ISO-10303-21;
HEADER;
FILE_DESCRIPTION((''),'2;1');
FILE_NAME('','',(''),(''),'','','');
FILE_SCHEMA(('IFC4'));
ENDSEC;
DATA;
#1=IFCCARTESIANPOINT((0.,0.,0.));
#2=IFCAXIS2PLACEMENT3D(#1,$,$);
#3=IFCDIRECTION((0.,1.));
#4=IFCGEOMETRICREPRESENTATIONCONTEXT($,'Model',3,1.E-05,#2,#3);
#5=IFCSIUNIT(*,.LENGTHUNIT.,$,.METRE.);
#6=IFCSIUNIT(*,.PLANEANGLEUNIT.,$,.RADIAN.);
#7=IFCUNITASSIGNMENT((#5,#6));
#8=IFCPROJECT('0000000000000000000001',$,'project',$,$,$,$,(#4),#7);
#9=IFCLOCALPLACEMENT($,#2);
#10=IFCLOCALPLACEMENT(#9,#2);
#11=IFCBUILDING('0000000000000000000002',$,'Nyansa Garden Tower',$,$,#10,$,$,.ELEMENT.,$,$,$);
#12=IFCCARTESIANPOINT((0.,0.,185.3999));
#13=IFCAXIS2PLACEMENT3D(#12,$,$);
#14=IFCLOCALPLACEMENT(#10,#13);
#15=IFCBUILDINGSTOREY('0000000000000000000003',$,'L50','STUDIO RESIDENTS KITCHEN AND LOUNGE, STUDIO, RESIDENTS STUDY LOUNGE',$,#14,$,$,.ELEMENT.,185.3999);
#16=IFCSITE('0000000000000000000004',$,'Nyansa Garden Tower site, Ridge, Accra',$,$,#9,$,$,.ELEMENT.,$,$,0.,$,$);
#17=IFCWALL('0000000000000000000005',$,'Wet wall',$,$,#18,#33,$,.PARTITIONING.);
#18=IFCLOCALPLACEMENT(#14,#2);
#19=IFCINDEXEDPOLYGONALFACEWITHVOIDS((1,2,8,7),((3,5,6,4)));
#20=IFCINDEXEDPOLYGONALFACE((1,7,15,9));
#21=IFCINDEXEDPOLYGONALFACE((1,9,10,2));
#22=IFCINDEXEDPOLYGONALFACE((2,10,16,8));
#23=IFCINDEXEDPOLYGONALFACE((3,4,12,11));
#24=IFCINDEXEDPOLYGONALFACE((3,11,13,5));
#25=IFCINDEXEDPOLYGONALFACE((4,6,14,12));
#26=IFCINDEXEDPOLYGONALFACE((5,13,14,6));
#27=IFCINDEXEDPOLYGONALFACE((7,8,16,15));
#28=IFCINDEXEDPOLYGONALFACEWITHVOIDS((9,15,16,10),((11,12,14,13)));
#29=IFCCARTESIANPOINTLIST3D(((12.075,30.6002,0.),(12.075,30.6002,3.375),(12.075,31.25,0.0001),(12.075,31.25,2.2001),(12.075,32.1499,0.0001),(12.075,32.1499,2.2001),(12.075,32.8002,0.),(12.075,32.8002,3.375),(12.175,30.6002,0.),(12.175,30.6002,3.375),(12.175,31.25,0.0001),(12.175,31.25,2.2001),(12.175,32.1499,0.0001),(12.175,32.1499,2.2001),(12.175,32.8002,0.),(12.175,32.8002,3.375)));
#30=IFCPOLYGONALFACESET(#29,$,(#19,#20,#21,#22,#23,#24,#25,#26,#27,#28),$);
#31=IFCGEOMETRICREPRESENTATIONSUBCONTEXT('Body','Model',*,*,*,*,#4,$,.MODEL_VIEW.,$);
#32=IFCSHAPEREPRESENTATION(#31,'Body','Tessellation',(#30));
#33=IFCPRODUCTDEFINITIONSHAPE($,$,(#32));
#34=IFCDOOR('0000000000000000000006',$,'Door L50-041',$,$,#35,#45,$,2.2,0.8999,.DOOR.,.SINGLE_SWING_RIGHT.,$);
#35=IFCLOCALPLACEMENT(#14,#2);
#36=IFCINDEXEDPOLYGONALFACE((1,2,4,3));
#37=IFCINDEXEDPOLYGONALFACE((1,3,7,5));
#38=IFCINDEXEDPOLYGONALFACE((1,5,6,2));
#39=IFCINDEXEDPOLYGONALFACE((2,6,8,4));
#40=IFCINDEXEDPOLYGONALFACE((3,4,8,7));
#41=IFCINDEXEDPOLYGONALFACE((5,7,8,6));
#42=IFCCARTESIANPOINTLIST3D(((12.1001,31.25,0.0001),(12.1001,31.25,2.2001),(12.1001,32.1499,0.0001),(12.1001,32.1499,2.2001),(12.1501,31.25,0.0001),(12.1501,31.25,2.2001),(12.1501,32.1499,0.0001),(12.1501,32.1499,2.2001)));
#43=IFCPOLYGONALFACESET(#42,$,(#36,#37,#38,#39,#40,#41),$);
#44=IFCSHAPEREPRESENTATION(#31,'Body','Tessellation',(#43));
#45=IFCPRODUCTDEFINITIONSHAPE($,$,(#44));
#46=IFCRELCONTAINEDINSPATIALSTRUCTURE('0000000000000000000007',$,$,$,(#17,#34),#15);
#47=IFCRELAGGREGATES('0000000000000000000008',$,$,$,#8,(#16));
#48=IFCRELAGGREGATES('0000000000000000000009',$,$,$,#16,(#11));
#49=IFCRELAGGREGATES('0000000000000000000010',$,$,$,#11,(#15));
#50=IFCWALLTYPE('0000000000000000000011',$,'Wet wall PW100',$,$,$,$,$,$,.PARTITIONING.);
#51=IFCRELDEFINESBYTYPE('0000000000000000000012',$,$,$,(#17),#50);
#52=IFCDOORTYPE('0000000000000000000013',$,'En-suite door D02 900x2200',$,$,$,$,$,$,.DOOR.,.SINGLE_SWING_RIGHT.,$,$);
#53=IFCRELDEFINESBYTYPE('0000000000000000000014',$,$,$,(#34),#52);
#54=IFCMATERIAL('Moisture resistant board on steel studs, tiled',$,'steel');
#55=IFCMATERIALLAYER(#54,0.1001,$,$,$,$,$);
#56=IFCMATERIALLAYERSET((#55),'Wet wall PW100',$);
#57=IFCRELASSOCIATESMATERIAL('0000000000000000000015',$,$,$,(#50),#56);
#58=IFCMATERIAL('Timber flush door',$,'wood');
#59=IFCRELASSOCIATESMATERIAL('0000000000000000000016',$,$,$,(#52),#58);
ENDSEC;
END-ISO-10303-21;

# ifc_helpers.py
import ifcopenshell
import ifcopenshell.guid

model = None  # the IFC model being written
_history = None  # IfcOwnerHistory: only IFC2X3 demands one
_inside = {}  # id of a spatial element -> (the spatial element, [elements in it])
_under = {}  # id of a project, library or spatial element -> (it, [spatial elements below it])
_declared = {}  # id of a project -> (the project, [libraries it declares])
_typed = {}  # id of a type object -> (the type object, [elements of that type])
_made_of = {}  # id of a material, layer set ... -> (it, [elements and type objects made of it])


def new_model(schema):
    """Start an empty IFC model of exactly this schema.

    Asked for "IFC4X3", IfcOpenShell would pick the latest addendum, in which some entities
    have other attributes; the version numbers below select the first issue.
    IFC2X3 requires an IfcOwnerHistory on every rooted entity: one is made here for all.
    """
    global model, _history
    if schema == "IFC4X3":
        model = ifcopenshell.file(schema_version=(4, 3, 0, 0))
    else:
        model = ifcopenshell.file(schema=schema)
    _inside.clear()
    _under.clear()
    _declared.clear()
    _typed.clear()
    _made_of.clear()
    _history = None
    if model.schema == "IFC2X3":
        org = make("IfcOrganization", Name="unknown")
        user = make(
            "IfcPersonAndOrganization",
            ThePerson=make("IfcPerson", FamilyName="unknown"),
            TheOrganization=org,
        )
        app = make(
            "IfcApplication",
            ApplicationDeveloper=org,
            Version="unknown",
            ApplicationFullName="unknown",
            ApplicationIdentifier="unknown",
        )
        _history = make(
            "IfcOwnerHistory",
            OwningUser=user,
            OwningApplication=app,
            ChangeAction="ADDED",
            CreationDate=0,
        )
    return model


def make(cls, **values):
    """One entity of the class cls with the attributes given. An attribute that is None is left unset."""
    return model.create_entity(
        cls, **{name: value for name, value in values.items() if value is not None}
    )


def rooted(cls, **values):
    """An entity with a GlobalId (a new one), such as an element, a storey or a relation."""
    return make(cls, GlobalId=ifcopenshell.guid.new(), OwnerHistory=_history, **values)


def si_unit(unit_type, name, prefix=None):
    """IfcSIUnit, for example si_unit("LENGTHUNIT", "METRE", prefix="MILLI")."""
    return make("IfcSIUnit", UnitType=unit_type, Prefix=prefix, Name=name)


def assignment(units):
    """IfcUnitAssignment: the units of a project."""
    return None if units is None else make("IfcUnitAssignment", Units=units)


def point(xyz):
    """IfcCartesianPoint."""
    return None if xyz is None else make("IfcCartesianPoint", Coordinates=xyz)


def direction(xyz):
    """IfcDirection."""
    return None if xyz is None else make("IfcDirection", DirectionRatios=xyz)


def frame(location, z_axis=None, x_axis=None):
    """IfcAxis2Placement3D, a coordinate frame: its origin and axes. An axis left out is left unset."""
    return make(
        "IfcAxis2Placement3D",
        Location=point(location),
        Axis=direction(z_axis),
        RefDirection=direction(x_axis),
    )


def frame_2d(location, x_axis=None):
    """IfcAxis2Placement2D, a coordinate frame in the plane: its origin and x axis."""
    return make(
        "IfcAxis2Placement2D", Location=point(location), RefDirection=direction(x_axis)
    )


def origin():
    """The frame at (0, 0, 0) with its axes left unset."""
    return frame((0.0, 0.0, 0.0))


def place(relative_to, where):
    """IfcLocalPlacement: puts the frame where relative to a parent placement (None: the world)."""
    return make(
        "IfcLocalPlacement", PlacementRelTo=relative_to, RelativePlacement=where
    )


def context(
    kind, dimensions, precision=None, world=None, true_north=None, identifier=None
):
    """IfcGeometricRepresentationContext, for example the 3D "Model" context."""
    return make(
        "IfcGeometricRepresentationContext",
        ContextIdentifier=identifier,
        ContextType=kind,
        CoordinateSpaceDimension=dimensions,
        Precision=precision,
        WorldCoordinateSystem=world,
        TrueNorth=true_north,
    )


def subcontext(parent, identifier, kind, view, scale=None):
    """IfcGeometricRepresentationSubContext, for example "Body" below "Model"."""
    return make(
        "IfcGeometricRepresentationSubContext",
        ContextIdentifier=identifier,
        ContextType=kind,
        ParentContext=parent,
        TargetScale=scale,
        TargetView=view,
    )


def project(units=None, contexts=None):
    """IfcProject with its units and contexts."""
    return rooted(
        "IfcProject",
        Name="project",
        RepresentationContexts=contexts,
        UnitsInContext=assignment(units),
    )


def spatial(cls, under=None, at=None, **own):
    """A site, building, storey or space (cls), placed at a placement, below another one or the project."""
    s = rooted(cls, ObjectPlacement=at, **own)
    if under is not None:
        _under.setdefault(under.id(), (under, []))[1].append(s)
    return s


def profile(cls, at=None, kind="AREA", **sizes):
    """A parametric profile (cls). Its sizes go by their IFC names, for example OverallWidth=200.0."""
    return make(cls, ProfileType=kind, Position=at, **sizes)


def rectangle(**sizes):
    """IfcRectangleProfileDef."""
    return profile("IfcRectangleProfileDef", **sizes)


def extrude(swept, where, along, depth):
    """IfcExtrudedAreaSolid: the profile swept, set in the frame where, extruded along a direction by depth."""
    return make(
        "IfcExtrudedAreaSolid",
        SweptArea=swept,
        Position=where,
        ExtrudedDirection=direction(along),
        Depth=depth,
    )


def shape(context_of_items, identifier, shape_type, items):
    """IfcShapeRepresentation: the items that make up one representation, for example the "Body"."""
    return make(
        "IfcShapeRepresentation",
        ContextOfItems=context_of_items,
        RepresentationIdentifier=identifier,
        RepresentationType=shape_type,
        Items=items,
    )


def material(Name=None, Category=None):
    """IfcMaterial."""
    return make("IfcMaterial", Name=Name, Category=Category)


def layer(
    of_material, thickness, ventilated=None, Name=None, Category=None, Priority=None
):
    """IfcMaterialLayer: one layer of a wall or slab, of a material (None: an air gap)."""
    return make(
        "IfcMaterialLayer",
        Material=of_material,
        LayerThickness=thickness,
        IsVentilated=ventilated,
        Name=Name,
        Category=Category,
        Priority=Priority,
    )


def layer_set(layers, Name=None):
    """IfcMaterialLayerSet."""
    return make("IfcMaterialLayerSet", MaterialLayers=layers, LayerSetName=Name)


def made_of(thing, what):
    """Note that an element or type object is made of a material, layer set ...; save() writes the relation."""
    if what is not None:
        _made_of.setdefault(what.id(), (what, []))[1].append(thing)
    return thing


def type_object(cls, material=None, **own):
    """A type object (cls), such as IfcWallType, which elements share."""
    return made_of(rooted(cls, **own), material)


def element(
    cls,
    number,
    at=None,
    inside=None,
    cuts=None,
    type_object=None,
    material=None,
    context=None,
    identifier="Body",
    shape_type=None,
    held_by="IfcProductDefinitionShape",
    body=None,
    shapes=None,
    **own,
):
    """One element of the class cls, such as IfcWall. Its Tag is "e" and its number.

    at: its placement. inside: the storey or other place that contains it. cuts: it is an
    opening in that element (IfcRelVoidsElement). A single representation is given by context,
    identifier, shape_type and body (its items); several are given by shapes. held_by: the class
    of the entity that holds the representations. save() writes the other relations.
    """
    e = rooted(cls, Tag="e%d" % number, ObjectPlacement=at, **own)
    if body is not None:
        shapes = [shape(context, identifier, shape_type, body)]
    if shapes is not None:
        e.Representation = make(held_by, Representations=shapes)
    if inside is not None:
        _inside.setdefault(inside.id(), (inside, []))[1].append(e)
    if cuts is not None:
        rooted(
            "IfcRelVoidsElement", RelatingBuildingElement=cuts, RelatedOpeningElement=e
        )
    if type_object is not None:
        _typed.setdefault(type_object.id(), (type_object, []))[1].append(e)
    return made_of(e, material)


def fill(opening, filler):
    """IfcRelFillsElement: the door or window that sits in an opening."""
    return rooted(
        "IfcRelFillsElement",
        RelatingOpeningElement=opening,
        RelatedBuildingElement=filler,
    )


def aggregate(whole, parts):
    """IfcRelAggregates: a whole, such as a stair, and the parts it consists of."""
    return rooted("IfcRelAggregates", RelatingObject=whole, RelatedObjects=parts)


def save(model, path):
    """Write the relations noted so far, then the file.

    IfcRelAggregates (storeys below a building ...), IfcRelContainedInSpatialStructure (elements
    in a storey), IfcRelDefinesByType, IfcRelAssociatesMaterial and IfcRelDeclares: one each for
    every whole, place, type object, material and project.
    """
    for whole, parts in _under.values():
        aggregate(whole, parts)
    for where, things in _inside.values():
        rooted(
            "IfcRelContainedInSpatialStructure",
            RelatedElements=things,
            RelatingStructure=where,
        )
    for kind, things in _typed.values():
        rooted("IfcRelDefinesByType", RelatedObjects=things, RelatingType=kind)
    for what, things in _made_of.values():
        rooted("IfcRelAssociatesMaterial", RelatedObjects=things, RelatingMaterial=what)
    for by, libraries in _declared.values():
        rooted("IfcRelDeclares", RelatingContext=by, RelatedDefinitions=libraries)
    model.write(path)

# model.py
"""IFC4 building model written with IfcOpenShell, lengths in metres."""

from ifc_helpers import new_model, si_unit, direction, frame, frame_2d, origin, place, context, subcontext, project, spatial, rectangle, extrude, material, layer, layer_set, type_object, element, fill, save


model = new_model("IFC4")

# Units and contexts
model_context = context("Model", 3, precision=1e-05, world=origin(), true_north=direction((0.0, 1.0)))
body_context = subcontext(model_context, "Body", "Model", "MODEL_VIEW")
ifc_project = project(units=[si_unit("LENGTHUNIT", "METRE"), si_unit("PLANEANGLEUNIT", "RADIAN")], contexts=[model_context])

# Site, building, storey
site_placement = place(None, origin())
site = spatial("IfcSite", under=ifc_project, at=site_placement, Name="Nyansa Garden Tower site, Ridge, Accra", CompositionType="ELEMENT", RefElevation=0.0)
building_placement = place(site_placement, origin())
building = spatial("IfcBuilding", under=site, at=building_placement, Name="Nyansa Garden Tower", CompositionType="ELEMENT")
storey_placement = place(building_placement, frame((0.0, 0.0, 185.3999)))
storey = spatial("IfcBuildingStorey", under=building, at=storey_placement, Name="L50", Description="STUDIO RESIDENTS KITCHEN AND LOUNGE, STUDIO, RESIDENTS STUDY LOUNGE", CompositionType="ELEMENT", Elevation=185.3999)

# Shared definitions
ifc_material_1 = material(Name="Moisture resistant board on steel studs, tiled", Category="steel")
ifc_layer_1 = layer(ifc_material_1, 0.1001)
ifc_layer_set_1 = layer_set([ifc_layer_1], Name="Wet wall PW100")
wall_type_1 = type_object("IfcWallType", Name="Wet wall PW100", PredefinedType="PARTITIONING", material=ifc_layer_set_1)

# Wall, opening, door
wall_1_placement = place(storey_placement, frame((12.125, 30.6001, 0.0), z_axis=(0.0, 0.0, 1.0), x_axis=(0.0, 1.0, 0.0)))
wall_1 = element("IfcWall", 1, at=wall_1_placement, inside=storey, type_object=wall_type_1, Name="Wet wall", PredefinedType="PARTITIONING", context=body_context, shape_type="SweptSolid", body=[
    extrude(rectangle(XDim=2.2, YDim=0.1001, at=frame_2d((1.1001, 0.0))), origin(), (0.0, 0.0, 1.0), 3.375),
])
opening_1_placement = place(wall_1_placement, frame((0.6499, 0.0, 0.0)))
opening_1 = element("IfcOpeningElement", 2, at=opening_1_placement, cuts=wall_1, PredefinedType="OPENING", context=body_context, shape_type="SweptSolid", body=[
    extrude(rectangle(XDim=0.8999, YDim=2.2, at=frame_2d((0.45, 1.1001))), frame((0.0, 0.0601, 0.0), z_axis=(0.0, -1.0, 0.0), x_axis=(1.0, 0.0, 0.0)), (0.0, 0.0, 1.0), 0.1201),
])
ifc_material_2 = material(Name="Timber flush door", Category="wood")
door_type_1 = type_object("IfcDoorType", Name="En-suite door D02 900x2200", OperationType="SINGLE_SWING_RIGHT", PredefinedType="DOOR", material=ifc_material_2)
door_1_placement = place(opening_1_placement, origin())
door_1 = element("IfcDoor", 3, at=door_1_placement, inside=storey, type_object=door_type_1, Name="Door L50-041", OperationType="SINGLE_SWING_RIGHT", OverallHeight=2.2, OverallWidth=0.8999, PredefinedType="DOOR", context=body_context, shape_type="SweptSolid", body=[
    extrude(rectangle(XDim=0.8999, YDim=2.2, at=frame_2d((0.45, 1.1001))), frame((0.0, 0.0249, 0.0), z_axis=(0.0, -1.0, 0.0), x_axis=(1.0, 0.0, 0.0)), (0.0, 0.0, 1.0), 0.05),
])
fill(opening_1, door_1)

save(model, "model.ifc")
